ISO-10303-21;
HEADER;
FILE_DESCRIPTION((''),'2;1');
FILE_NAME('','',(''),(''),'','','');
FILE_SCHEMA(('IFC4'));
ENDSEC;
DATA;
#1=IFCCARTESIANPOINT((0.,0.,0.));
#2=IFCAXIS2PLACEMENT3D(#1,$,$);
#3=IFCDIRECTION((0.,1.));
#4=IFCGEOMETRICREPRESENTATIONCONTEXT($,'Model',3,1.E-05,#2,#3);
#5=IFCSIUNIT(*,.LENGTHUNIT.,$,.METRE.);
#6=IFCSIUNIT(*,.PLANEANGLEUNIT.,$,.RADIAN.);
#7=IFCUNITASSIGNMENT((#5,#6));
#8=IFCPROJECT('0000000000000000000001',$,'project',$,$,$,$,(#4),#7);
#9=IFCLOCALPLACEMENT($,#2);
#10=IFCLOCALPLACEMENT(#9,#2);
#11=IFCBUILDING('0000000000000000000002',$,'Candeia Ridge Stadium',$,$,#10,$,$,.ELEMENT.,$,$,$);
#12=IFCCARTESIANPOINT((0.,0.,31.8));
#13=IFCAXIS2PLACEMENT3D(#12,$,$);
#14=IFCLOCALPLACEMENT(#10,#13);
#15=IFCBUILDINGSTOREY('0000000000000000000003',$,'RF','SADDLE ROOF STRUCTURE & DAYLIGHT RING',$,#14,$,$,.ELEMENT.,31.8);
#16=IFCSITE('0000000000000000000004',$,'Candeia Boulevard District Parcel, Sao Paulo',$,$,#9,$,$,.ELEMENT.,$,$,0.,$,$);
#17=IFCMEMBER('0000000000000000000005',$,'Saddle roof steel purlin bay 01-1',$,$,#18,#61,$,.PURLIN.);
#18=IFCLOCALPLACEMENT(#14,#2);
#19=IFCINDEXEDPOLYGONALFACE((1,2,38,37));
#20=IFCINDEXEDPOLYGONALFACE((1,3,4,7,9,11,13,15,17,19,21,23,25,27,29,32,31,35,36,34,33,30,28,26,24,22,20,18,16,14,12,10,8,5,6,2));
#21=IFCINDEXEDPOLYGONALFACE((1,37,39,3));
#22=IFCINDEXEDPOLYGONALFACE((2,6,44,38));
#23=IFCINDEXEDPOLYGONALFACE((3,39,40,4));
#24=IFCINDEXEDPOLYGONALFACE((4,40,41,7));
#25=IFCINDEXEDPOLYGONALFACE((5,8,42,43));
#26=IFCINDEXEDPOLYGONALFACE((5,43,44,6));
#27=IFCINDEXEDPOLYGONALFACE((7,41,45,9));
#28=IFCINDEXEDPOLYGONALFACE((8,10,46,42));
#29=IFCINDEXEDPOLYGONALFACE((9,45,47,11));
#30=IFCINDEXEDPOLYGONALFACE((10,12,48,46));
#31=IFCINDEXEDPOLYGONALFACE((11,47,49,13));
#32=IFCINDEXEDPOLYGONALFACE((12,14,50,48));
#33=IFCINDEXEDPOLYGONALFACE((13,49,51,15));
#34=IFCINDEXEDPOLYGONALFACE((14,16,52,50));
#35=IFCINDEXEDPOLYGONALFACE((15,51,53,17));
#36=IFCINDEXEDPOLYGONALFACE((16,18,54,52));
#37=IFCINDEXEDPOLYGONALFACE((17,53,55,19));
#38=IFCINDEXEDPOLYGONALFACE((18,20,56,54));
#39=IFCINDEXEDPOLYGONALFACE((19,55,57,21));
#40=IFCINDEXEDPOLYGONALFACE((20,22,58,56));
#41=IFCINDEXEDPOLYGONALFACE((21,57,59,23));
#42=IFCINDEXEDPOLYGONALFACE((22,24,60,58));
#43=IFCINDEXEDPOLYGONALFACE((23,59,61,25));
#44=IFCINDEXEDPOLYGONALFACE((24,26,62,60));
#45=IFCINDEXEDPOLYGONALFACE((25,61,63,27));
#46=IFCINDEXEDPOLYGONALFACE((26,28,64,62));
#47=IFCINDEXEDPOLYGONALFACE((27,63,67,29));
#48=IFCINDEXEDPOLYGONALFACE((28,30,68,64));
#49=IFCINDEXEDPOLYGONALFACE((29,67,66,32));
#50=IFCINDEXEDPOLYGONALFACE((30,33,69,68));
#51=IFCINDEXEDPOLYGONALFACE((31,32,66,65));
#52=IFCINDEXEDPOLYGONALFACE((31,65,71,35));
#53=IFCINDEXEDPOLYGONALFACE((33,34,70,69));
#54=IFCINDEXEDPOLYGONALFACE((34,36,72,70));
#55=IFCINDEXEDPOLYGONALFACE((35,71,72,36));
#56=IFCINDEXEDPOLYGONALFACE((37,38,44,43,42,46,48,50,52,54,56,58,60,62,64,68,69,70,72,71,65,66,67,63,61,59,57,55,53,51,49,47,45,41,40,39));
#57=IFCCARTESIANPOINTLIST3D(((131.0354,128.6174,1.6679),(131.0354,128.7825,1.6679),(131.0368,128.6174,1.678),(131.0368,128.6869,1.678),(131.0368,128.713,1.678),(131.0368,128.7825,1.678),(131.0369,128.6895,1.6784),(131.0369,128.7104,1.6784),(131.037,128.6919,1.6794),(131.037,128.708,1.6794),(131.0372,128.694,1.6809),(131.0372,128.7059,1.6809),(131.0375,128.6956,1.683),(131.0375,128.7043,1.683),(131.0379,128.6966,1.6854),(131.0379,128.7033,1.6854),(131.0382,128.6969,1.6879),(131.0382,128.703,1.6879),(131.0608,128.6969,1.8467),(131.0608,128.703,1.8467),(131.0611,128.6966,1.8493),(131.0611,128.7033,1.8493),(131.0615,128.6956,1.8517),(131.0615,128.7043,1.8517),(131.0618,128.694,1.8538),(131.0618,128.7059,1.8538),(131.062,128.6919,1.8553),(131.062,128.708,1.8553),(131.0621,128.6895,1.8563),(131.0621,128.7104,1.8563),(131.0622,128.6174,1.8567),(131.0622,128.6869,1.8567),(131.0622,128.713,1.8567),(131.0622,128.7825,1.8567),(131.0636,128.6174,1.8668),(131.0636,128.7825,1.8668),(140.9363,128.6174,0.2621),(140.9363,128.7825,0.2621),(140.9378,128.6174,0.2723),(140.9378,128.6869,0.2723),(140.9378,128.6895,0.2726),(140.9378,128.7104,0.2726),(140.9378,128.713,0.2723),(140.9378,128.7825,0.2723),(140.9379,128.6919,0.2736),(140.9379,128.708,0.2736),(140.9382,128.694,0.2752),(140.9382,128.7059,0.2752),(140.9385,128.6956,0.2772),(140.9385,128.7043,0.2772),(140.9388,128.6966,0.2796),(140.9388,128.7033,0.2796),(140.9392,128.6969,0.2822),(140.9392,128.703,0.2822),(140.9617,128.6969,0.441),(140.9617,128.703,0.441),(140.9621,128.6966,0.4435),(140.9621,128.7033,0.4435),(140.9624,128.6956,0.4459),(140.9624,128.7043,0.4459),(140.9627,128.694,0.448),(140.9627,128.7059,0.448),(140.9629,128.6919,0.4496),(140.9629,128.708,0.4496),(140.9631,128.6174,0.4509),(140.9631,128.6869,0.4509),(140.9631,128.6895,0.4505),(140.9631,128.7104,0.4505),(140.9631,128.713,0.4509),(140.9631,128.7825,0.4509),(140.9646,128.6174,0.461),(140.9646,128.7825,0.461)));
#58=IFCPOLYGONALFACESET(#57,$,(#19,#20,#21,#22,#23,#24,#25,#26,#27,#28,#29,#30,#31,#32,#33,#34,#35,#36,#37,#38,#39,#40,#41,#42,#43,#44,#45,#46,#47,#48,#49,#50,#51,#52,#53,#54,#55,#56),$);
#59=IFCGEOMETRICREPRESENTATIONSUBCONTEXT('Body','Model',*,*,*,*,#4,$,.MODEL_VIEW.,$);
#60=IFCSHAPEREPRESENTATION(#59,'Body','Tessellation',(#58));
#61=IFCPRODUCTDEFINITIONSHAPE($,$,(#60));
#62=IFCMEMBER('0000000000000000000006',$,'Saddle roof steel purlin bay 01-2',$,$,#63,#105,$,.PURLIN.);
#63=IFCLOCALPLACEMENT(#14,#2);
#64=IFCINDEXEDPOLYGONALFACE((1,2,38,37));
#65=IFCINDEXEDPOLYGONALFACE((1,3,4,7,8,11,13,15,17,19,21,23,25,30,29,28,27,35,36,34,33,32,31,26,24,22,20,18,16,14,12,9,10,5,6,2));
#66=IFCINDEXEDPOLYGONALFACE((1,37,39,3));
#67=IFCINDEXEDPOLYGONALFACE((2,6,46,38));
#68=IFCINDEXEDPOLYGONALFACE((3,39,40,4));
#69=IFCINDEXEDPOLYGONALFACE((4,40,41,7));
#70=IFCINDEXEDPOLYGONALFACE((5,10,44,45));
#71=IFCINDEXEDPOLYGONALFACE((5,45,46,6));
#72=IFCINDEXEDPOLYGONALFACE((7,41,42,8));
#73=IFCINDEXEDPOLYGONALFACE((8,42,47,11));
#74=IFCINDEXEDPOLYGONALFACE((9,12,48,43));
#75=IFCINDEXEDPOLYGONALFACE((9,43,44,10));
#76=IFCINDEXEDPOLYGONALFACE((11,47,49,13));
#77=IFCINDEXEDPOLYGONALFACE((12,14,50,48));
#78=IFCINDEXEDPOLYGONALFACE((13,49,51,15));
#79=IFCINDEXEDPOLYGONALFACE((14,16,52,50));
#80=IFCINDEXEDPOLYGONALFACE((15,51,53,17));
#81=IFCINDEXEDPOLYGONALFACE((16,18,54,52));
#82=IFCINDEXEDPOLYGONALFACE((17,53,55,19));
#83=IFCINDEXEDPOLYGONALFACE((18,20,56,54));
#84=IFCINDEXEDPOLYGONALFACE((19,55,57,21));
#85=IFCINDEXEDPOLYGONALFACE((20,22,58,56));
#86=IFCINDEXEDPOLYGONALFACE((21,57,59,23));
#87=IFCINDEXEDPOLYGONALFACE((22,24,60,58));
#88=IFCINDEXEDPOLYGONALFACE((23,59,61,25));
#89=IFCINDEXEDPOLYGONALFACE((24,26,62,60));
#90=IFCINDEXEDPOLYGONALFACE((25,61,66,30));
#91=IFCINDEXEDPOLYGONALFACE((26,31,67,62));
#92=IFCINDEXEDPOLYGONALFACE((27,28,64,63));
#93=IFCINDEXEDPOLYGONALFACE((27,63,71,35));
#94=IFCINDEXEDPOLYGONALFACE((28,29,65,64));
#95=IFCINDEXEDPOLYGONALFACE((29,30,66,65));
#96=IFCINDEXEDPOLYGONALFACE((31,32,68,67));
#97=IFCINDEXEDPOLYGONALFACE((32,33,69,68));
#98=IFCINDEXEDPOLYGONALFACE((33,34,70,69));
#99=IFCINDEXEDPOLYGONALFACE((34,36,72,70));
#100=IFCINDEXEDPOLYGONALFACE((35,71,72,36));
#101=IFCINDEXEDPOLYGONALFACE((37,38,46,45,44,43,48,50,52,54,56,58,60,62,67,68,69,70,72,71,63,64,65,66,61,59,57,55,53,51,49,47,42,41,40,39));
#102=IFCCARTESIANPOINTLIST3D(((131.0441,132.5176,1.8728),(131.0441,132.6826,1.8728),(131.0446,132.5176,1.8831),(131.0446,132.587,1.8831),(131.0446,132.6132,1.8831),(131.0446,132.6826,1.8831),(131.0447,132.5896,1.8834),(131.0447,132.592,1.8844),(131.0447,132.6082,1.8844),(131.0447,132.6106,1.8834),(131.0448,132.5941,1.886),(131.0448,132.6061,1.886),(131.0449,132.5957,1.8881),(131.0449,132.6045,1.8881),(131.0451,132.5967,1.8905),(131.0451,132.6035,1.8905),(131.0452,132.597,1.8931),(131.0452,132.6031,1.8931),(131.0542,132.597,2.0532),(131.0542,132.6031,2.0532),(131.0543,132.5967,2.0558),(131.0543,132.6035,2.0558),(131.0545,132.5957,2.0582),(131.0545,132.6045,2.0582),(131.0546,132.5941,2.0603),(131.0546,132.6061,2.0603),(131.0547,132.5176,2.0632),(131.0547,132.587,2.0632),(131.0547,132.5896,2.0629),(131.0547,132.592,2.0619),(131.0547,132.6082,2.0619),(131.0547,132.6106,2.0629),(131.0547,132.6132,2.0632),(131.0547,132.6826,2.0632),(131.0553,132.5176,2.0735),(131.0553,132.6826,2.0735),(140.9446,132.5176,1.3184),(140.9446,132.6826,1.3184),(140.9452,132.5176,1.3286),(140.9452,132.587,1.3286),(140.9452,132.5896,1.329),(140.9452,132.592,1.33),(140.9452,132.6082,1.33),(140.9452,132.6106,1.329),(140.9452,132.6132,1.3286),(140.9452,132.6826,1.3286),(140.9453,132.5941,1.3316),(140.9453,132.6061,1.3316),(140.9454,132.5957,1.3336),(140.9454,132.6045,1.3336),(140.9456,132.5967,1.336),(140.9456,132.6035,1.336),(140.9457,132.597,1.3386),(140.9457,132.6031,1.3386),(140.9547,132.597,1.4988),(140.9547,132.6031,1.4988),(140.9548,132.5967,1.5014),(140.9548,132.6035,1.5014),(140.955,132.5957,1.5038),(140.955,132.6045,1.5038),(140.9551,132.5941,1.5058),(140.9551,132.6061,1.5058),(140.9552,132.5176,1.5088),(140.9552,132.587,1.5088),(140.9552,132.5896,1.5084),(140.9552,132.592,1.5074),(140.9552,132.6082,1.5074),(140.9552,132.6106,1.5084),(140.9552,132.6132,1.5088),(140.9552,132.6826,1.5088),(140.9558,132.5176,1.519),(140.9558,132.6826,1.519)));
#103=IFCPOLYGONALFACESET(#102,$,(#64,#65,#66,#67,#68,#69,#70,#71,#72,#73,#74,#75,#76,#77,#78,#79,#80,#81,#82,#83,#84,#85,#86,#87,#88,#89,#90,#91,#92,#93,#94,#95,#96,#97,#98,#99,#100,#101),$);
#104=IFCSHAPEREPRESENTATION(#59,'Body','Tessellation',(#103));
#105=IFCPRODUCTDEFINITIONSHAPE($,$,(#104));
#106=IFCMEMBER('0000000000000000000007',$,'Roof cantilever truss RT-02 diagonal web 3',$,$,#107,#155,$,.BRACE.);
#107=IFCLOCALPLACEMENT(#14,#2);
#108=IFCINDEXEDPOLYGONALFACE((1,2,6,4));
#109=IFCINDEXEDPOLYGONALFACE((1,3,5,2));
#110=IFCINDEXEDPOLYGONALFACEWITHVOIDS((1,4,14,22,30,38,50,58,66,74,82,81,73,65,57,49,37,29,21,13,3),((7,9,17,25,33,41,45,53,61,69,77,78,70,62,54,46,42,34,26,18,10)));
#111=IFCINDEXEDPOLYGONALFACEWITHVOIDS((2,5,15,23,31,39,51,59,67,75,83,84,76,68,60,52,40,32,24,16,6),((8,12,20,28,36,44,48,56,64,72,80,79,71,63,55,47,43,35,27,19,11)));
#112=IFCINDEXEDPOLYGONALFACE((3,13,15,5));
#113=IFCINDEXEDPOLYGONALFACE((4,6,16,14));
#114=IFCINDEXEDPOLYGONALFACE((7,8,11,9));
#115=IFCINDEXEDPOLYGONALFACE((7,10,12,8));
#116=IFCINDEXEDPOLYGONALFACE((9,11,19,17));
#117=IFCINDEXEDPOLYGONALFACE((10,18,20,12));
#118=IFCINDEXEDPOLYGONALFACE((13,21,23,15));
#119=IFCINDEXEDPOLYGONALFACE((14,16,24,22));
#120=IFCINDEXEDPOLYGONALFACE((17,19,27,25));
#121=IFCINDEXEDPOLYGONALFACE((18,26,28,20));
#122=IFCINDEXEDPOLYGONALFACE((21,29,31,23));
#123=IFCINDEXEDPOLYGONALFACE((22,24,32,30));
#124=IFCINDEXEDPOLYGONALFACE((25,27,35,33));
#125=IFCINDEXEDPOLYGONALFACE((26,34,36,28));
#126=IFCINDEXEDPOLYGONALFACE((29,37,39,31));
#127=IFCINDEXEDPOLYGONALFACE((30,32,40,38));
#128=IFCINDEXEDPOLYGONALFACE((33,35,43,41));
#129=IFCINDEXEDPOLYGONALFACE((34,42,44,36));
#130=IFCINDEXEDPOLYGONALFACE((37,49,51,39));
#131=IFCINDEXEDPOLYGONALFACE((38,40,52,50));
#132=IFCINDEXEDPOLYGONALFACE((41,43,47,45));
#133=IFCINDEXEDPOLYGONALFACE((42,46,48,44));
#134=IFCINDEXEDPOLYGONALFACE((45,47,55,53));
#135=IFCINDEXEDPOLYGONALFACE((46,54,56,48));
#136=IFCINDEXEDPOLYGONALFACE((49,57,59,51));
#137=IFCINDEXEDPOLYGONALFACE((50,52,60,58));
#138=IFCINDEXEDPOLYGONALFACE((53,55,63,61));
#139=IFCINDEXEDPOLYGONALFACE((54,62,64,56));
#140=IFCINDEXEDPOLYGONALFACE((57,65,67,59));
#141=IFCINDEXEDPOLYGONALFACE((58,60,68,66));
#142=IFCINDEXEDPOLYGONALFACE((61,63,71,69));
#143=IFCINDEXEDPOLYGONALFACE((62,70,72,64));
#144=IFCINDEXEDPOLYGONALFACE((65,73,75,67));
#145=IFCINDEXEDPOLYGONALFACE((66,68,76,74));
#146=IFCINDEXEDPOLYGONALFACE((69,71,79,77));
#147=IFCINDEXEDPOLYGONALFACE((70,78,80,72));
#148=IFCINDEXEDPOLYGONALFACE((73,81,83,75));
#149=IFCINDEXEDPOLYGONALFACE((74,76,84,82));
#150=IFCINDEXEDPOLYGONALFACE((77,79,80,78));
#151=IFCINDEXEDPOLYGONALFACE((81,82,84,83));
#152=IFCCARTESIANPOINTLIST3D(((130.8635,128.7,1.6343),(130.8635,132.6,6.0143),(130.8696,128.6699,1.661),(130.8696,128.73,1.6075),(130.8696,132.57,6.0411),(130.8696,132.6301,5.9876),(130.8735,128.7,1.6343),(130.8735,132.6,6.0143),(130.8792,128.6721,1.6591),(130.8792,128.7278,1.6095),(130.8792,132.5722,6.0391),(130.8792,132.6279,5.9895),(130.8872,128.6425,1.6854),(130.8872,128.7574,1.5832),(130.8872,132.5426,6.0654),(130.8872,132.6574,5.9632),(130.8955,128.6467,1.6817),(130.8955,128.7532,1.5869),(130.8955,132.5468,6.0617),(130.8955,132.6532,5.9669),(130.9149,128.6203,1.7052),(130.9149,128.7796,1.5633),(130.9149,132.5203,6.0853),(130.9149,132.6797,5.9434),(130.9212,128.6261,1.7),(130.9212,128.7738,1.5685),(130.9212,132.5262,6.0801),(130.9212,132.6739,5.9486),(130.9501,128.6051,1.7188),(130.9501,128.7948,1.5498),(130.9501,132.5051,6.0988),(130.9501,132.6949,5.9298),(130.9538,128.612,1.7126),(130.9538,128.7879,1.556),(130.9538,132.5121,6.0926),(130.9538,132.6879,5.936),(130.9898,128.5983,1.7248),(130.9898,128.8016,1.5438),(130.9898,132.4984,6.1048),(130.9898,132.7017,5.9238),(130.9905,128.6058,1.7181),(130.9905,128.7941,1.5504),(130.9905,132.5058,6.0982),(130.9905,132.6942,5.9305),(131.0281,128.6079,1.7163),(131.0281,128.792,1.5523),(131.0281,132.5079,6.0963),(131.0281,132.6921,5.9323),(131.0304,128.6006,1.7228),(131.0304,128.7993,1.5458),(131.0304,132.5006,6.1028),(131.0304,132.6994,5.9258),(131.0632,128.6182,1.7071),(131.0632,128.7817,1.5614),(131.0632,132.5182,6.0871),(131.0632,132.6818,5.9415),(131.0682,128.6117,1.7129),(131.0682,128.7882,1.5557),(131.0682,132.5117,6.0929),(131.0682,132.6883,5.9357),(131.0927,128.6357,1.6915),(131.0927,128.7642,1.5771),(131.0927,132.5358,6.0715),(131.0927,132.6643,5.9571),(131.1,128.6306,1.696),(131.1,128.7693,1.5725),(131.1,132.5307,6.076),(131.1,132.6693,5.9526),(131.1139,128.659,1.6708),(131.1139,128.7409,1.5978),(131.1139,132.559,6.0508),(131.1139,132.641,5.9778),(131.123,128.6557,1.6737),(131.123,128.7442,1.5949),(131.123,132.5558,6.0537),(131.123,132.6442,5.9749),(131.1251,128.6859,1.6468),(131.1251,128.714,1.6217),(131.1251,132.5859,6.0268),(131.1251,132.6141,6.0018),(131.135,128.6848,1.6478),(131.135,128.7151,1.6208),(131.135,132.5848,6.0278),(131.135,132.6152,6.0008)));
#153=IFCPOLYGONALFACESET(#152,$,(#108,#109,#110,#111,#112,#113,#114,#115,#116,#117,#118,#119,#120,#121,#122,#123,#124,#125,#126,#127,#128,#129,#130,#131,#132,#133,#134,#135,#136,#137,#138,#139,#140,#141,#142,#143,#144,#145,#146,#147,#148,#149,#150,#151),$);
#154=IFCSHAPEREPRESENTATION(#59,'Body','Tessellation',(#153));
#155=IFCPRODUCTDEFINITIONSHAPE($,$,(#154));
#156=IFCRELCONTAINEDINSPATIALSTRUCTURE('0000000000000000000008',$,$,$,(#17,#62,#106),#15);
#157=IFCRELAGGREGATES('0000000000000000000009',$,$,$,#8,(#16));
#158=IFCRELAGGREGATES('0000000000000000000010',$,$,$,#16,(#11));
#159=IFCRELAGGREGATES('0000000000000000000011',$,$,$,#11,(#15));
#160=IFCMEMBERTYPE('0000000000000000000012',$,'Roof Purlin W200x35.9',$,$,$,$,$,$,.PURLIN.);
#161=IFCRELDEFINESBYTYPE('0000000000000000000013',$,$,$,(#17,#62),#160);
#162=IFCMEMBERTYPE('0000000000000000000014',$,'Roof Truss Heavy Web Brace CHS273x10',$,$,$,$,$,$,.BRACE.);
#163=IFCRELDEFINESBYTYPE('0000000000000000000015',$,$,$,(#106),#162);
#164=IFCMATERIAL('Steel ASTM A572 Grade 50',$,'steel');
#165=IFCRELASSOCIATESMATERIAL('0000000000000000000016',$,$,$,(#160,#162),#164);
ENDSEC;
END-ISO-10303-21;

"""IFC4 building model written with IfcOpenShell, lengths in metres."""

from ifc_helpers import new_model, si_unit, direction, frame, origin, origin_2d, place, context, subcontext, project, spatial, hollow_circle, i_section, extrude, material, material_profile, profile_set, type_object, element, save


model = new_model("IFC4")

# Units and contexts
model_context = context("Model", 3, precision=1e-05, world=origin(), true_north=direction((0.0, 1.0)))
body_context = subcontext(model_context, "Body", "Model", "MODEL_VIEW")
ifc_project = project(units=[si_unit("LENGTHUNIT", "METRE"), si_unit("PLANEANGLEUNIT", "RADIAN")], contexts=[model_context])

# Site, building, storey
site_placement = place(None, origin())
site = spatial("IfcSite", under=ifc_project, at=site_placement, Name="Candeia Boulevard District Parcel, Sao Paulo", CompositionType="ELEMENT", RefElevation=0.0)
building_placement = place(site_placement, origin())
building = spatial("IfcBuilding", under=site, at=building_placement, Name="Candeia Ridge Stadium", CompositionType="ELEMENT")
storey_placement = place(building_placement, frame((0.0, 0.0, 31.8)))
storey = spatial("IfcBuildingStorey", under=building, at=storey_placement, Name="RF", Description="SADDLE ROOF STRUCTURE & DAYLIGHT RING", CompositionType="ELEMENT", Elevation=31.8)

# Shared definitions
ifc_material_1 = material(Name="Steel ASTM A572 Grade 50", Category="steel")

# Members
ifc_material_profile_1 = material_profile(ifc_material_1, i_section(OverallWidth=0.165, OverallDepth=0.2009, WebThickness=0.0061, FlangeThickness=0.0103, FilletRadius=0.01, at=origin_2d()), Name="W200x35.9", Category="steel")
ifc_profile_set_1 = profile_set([ifc_material_profile_1], Name="Steel ASTM A572 Grade 50")
member_type_1 = type_object("IfcMemberType", Name="Roof Purlin W200x35.9", PredefinedType="PURLIN", material=ifc_profile_set_1)
member_1_placement = place(storey_placement, frame((140.9504, 128.7, 0.3616), z_axis=(-0.99007, 0.0, 0.140574), x_axis=(0.0, -1.0, 0.0)))
element("IfcMember", 1, at=member_1_placement, inside=storey, type_object=member_type_1, Name="Saddle roof steel purlin bay 01-1", PredefinedType="PURLIN", context=body_context, shape_type="SweptSolid", body=[
    extrude(i_section(OverallWidth=0.165, OverallDepth=0.2009, WebThickness=0.0061, FlangeThickness=0.0103, FilletRadius=0.01, at=origin_2d()), origin(), (0.0, 0.0, 1.0), 10.0002),
])
member_2_placement = place(storey_placement, frame((140.9502, 132.6001, 1.4187), z_axis=(-0.998436, 0.0, 0.055915), x_axis=(0.0, -1.0, 0.0)))
element("IfcMember", 2, at=member_2_placement, inside=storey, type_object=member_type_1, Name="Saddle roof steel purlin bay 01-2", PredefinedType="PURLIN", context=body_context, shape_type="SweptSolid", body=[
    extrude(i_section(OverallWidth=0.165, OverallDepth=0.2009, WebThickness=0.0061, FlangeThickness=0.0103, FilletRadius=0.01, at=origin_2d()), origin(), (0.0, 0.0, 1.0), 9.916),
])
ifc_material_profile_2 = material_profile(ifc_material_1, hollow_circle(Radius=0.1365, WallThickness=0.01, at=origin_2d()), Name="CHS273x10", Category="steel")
ifc_profile_set_2 = profile_set([ifc_material_profile_2], Name="Steel ASTM A572 Grade 50")
member_type_2 = type_object("IfcMemberType", Name="Roof Truss Heavy Web Brace CHS273x10", PredefinedType="BRACE", material=ifc_profile_set_2)
member_3_placement = place(storey_placement, frame((131.0, 128.7, 1.6343), z_axis=(0.0, 0.665002, 0.746842), x_axis=(-1.0, 0.0, 0.0)))
element("IfcMember", 3, at=member_3_placement, inside=storey, type_object=member_type_2, Name="Roof cantilever truss RT-02 diagonal web 3", PredefinedType="BRACE", context=body_context, shape_type="SweptSolid", body=[
    extrude(hollow_circle(Radius=0.1365, WallThickness=0.01, at=origin_2d()), origin(), (0.0, 0.0, 1.0), 5.8647),
])

save(model, "model.ifc")
